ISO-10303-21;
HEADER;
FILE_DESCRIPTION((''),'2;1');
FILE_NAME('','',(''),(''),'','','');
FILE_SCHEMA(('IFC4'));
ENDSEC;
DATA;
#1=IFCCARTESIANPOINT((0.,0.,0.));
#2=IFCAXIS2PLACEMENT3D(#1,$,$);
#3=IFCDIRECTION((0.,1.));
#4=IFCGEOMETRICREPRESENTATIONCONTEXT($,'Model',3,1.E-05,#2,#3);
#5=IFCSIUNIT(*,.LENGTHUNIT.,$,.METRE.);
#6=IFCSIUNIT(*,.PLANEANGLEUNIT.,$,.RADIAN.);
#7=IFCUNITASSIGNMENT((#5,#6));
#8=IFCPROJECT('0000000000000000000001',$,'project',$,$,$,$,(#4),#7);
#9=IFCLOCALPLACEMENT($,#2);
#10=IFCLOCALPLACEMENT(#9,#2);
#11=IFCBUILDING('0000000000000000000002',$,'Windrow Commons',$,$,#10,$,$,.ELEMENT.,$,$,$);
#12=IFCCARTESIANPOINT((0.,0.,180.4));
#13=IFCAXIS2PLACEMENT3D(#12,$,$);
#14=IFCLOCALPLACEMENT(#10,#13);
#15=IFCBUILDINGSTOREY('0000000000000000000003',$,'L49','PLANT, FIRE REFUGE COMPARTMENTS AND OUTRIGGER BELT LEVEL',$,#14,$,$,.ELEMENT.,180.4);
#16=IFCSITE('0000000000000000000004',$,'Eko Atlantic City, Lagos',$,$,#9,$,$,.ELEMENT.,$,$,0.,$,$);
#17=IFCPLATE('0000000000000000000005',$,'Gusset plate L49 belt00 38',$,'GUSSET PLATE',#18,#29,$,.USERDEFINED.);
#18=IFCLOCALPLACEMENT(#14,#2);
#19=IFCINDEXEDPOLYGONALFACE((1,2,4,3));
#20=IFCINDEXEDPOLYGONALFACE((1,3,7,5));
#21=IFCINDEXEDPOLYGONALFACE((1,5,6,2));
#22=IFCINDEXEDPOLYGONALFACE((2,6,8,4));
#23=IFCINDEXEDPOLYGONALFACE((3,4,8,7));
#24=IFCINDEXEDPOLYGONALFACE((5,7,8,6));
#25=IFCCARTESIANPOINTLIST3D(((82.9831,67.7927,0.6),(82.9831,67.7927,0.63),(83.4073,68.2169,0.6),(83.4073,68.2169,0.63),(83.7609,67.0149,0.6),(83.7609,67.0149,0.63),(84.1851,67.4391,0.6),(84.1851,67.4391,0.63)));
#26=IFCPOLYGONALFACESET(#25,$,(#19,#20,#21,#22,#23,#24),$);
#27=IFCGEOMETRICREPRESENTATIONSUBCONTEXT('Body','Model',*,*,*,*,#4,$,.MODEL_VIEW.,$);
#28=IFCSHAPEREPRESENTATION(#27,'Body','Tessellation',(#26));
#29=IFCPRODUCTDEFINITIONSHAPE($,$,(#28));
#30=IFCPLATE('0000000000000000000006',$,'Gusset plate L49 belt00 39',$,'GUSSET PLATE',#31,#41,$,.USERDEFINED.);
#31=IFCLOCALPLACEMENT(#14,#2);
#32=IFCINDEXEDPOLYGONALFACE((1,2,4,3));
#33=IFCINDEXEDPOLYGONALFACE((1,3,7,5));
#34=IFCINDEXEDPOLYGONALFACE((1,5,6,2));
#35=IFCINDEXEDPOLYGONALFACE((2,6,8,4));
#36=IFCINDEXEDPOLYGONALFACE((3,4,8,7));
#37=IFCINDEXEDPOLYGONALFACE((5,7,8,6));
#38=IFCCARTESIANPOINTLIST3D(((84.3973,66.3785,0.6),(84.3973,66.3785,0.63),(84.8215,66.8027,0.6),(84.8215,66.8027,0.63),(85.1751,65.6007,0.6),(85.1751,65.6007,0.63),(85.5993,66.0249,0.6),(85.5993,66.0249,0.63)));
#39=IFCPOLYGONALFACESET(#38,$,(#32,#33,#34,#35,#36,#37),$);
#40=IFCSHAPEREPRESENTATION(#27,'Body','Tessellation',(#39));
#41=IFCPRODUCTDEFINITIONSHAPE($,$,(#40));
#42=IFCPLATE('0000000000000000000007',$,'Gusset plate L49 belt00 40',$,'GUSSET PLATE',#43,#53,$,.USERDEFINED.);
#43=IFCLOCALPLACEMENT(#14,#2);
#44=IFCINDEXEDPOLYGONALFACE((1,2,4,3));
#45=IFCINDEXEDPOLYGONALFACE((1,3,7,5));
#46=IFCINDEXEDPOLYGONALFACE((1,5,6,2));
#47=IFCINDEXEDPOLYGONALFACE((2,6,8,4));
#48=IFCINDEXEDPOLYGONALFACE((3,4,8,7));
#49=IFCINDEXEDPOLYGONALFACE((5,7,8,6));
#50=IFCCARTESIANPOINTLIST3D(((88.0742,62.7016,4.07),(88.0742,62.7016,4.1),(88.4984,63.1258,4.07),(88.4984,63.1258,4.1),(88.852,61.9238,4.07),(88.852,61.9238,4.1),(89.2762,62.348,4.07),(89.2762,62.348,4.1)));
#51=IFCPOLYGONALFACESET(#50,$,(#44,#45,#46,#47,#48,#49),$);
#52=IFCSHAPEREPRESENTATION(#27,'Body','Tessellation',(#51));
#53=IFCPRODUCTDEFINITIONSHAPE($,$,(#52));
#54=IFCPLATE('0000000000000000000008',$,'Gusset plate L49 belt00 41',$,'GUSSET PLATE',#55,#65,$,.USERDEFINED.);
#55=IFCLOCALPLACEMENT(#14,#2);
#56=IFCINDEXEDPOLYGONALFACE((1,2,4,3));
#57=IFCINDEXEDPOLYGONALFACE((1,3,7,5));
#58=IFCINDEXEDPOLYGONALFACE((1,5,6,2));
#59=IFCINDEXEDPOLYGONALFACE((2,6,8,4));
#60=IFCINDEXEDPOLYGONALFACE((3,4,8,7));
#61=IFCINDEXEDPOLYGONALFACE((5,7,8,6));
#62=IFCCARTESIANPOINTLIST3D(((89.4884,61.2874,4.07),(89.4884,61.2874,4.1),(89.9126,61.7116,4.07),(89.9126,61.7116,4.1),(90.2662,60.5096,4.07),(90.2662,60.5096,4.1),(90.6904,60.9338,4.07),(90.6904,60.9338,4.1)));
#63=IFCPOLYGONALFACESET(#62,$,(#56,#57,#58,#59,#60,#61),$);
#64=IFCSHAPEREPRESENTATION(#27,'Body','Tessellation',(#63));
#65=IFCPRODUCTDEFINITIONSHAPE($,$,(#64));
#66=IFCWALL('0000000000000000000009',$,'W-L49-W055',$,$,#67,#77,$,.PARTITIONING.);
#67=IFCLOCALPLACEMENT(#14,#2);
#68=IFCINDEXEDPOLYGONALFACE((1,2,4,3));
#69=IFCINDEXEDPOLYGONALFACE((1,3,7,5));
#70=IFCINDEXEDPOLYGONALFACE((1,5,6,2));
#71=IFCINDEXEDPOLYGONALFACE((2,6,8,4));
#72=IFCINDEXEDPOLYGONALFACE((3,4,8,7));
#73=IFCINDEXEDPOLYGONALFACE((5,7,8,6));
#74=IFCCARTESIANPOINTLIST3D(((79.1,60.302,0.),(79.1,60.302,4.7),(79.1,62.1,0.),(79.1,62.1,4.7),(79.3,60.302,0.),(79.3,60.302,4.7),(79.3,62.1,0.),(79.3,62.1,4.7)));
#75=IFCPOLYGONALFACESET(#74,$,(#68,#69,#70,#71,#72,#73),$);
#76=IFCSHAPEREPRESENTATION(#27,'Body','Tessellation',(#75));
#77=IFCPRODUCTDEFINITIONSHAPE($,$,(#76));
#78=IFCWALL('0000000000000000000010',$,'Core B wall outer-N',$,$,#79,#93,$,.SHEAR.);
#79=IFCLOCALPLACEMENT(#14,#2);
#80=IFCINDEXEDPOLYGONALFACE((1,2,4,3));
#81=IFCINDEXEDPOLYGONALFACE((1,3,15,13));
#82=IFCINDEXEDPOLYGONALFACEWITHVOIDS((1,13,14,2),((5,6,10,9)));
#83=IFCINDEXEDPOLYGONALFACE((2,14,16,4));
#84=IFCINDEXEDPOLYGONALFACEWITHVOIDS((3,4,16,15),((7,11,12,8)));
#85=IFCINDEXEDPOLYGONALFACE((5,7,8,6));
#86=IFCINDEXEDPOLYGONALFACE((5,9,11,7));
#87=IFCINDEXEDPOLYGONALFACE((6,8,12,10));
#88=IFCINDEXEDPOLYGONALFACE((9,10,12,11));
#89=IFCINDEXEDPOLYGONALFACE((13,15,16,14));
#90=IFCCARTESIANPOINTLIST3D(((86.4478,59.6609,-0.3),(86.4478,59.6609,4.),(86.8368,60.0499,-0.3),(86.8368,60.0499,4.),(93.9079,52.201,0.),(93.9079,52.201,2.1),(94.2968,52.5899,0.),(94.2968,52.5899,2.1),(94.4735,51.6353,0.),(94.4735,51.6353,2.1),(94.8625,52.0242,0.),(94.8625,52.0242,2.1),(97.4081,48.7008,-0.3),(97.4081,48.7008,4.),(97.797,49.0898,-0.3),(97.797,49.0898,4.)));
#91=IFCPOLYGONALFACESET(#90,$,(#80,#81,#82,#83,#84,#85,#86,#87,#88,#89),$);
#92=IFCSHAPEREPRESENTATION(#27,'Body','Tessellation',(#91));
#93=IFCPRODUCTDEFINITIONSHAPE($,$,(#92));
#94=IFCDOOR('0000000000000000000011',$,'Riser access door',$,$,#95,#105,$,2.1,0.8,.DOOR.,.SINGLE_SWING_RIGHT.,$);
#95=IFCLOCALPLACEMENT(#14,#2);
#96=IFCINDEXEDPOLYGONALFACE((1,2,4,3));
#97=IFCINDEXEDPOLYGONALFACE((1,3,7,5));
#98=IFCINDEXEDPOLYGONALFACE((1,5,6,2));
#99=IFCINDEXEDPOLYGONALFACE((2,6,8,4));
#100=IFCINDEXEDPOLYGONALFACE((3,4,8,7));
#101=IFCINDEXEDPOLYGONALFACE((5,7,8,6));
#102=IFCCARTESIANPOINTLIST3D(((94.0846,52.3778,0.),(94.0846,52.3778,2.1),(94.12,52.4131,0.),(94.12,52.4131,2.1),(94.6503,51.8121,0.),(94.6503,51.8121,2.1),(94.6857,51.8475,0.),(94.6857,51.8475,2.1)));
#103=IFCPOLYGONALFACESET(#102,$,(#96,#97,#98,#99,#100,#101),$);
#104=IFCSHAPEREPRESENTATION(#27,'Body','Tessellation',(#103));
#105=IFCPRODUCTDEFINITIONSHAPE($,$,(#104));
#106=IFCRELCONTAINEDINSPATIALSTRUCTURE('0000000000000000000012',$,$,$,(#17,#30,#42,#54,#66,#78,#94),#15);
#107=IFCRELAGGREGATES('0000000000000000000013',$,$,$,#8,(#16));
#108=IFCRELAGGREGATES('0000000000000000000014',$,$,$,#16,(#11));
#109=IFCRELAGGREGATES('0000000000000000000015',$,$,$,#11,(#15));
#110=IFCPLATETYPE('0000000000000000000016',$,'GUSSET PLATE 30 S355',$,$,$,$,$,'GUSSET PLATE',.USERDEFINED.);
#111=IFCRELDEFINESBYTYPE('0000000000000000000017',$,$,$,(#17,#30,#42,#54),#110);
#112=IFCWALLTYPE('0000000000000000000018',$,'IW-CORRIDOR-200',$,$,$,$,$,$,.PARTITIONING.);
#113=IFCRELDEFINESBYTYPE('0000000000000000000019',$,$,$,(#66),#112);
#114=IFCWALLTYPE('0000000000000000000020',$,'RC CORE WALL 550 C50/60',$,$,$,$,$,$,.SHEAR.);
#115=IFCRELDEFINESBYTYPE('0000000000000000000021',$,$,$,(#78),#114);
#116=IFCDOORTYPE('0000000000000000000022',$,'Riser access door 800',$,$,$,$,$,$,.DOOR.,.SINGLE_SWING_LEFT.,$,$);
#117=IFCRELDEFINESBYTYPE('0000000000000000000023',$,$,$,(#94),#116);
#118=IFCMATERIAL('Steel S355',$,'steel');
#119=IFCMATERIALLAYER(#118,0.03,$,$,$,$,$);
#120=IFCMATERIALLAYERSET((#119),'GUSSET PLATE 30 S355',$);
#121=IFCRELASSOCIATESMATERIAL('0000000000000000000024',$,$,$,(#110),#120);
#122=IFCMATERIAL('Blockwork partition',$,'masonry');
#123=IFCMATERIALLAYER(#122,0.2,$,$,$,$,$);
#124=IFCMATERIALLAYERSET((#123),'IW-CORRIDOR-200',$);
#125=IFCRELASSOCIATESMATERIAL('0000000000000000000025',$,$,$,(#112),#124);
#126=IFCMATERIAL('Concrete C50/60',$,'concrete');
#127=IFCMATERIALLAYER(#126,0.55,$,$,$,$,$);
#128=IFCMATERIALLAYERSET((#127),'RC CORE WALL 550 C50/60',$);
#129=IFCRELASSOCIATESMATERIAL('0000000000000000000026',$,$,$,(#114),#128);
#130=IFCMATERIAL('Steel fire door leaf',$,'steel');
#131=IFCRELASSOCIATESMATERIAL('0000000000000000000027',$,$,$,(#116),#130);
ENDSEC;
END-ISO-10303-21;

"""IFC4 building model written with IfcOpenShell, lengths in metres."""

from ifc_helpers import new_model, si_unit, direction, frame, frame_2d, origin, origin_2d, place, context, subcontext, project, spatial, rectangle, extrude, material, layer, layer_set, type_object, element, fill, save


model = new_model("IFC4")

# Units and contexts
model_context = context("Model", 3, precision=1e-05, world=origin(), true_north=direction((0.0, 1.0)))
body_context = subcontext(model_context, "Body", "Model", "MODEL_VIEW")
ifc_project = project(units=[si_unit("LENGTHUNIT", "METRE"), si_unit("PLANEANGLEUNIT", "RADIAN")], contexts=[model_context])

# Site, building, storey
site_placement = place(None, origin())
site = spatial("IfcSite", under=ifc_project, at=site_placement, Name="Eko Atlantic City, Lagos", CompositionType="ELEMENT", RefElevation=0.0)
building_placement = place(site_placement, origin())
building = spatial("IfcBuilding", under=site, at=building_placement, Name="Windrow Commons", CompositionType="ELEMENT")
storey_placement = place(building_placement, frame((0.0, 0.0, 180.4)))
storey = spatial("IfcBuildingStorey", under=building, at=storey_placement, Name="L49", Description="PLANT, FIRE REFUGE COMPARTMENTS AND OUTRIGGER BELT LEVEL", CompositionType="ELEMENT", Elevation=180.4)

# Plates
ifc_material_1 = material(Name="Steel S355", Category="steel")
ifc_layer_1 = layer(ifc_material_1, 0.03)
ifc_layer_set_1 = layer_set([ifc_layer_1], Name="GUSSET PLATE 30 S355")
plate_type_1 = type_object("IfcPlateType", Name="GUSSET PLATE 30 S355", ElementType="GUSSET PLATE", PredefinedType="USERDEFINED", material=ifc_layer_set_1)
for number, where, z_axis, x_axis, name in (
    (1, (83.5841, 67.6159, 0.6), (0.0, 0.0, 1.0), (0.707107, -0.707107, 0.0), "Gusset plate L49 belt00 38"),
    (2, (84.9983, 66.2017, 0.6), (0.0, 0.0, 1.0), (0.707107, -0.707107, 0.0), "Gusset plate L49 belt00 39"),
    (3, (88.6752, 62.5248, 4.07), (0.0, 0.0, 1.0), (0.707107, -0.707107, 0.0), "Gusset plate L49 belt00 40"),
    (4, (90.0894, 61.1106, 4.07), (0.0, 0.0, 1.0), (0.707107, -0.707107, 0.0), "Gusset plate L49 belt00 41"),
):
    element("IfcPlate", number, at=place(storey_placement, frame(where, z_axis=z_axis, x_axis=x_axis)), inside=storey, type_object=plate_type_1, Name=name, ObjectType="GUSSET PLATE", PredefinedType="USERDEFINED", context=body_context, shape_type="SweptSolid", body=[
        extrude(rectangle(XDim=1.1, YDim=0.6, at=origin_2d()), origin(), (0.0, 0.0, 1.0), 0.03),
    ])

# Wall
ifc_material_2 = material(Name="Blockwork partition", Category="masonry")
ifc_layer_2 = layer(ifc_material_2, 0.2)
ifc_layer_set_2 = layer_set([ifc_layer_2], Name="IW-CORRIDOR-200")
wall_type_1 = type_object("IfcWallType", Name="IW-CORRIDOR-200", PredefinedType="PARTITIONING", material=ifc_layer_set_2)
wall_1_placement = place(storey_placement, frame((79.2, 60.302, 0.0), z_axis=(0.0, 0.0, 1.0), x_axis=(0.0, 1.0, 0.0)))
element("IfcWall", 5, at=wall_1_placement, inside=storey, type_object=wall_type_1, Name="W-L49-W055", PredefinedType="PARTITIONING", context=body_context, shape_type="SweptSolid", body=[
    extrude(rectangle(XDim=1.798, YDim=0.2, at=frame_2d((0.899, 0.0))), origin(), (0.0, 0.0, 1.0), 4.7),
])

# Wall, opening, door
ifc_material_3 = material(Name="Concrete C50/60", Category="concrete")
ifc_layer_3 = layer(ifc_material_3, 0.55)
ifc_layer_set_3 = layer_set([ifc_layer_3], Name="RC CORE WALL 550 C50/60")
wall_type_2 = type_object("IfcWallType", Name="RC CORE WALL 550 C50/60", PredefinedType="SHEAR", material=ifc_layer_set_3)
wall_2_placement = place(storey_placement, frame((86.6423, 59.8554, -0.3), z_axis=(0.0, 0.0, 1.0), x_axis=(0.70711, -0.707104, 0.0)))
wall_2 = element("IfcWall", 6, at=wall_2_placement, inside=storey, type_object=wall_type_2, Name="Core B wall outer-N", PredefinedType="SHEAR", context=body_context, shape_type="SweptSolid", body=[
    extrude(rectangle(XDim=15.5, YDim=0.55, at=frame_2d((7.75, 0.0))), origin(), (0.0, 0.0, 1.0), 4.3),
])
opening_placement = place(wall_2_placement, frame((10.55, 0.0, 0.3)))
opening = element("IfcOpeningElement", 7, at=opening_placement, cuts=wall_2, PredefinedType="OPENING", context=body_context, shape_type="SweptSolid", body=[
    extrude(rectangle(XDim=0.8, YDim=2.1, at=frame_2d((0.4, 1.05))), frame((0.0, 0.285, 0.0), z_axis=(0.0, -1.0, 0.0), x_axis=(1.0, 0.0, 0.0)), (0.0, 0.0, 1.0), 0.57),
])
ifc_material_4 = material(Name="Steel fire door leaf", Category="steel")
door_type = type_object("IfcDoorType", Name="Riser access door 800", OperationType="SINGLE_SWING_LEFT", PredefinedType="DOOR", material=ifc_material_4)
door_placement = place(opening_placement, origin())
door = element("IfcDoor", 8, at=door_placement, inside=storey, type_object=door_type, Name="Riser access door", OperationType="SINGLE_SWING_RIGHT", OverallHeight=2.1, OverallWidth=0.8, PredefinedType="DOOR", context=body_context, shape_type="SweptSolid", body=[
    extrude(rectangle(XDim=0.8, YDim=2.1, at=frame_2d((0.4, 1.05))), frame((0.0, 0.025, 0.0), z_axis=(0.0, -1.0, 0.0), x_axis=(1.0, 0.0, 0.0)), (0.0, 0.0, 1.0), 0.05),
])
fill(opening, door)

save(model, "model.ifc")
